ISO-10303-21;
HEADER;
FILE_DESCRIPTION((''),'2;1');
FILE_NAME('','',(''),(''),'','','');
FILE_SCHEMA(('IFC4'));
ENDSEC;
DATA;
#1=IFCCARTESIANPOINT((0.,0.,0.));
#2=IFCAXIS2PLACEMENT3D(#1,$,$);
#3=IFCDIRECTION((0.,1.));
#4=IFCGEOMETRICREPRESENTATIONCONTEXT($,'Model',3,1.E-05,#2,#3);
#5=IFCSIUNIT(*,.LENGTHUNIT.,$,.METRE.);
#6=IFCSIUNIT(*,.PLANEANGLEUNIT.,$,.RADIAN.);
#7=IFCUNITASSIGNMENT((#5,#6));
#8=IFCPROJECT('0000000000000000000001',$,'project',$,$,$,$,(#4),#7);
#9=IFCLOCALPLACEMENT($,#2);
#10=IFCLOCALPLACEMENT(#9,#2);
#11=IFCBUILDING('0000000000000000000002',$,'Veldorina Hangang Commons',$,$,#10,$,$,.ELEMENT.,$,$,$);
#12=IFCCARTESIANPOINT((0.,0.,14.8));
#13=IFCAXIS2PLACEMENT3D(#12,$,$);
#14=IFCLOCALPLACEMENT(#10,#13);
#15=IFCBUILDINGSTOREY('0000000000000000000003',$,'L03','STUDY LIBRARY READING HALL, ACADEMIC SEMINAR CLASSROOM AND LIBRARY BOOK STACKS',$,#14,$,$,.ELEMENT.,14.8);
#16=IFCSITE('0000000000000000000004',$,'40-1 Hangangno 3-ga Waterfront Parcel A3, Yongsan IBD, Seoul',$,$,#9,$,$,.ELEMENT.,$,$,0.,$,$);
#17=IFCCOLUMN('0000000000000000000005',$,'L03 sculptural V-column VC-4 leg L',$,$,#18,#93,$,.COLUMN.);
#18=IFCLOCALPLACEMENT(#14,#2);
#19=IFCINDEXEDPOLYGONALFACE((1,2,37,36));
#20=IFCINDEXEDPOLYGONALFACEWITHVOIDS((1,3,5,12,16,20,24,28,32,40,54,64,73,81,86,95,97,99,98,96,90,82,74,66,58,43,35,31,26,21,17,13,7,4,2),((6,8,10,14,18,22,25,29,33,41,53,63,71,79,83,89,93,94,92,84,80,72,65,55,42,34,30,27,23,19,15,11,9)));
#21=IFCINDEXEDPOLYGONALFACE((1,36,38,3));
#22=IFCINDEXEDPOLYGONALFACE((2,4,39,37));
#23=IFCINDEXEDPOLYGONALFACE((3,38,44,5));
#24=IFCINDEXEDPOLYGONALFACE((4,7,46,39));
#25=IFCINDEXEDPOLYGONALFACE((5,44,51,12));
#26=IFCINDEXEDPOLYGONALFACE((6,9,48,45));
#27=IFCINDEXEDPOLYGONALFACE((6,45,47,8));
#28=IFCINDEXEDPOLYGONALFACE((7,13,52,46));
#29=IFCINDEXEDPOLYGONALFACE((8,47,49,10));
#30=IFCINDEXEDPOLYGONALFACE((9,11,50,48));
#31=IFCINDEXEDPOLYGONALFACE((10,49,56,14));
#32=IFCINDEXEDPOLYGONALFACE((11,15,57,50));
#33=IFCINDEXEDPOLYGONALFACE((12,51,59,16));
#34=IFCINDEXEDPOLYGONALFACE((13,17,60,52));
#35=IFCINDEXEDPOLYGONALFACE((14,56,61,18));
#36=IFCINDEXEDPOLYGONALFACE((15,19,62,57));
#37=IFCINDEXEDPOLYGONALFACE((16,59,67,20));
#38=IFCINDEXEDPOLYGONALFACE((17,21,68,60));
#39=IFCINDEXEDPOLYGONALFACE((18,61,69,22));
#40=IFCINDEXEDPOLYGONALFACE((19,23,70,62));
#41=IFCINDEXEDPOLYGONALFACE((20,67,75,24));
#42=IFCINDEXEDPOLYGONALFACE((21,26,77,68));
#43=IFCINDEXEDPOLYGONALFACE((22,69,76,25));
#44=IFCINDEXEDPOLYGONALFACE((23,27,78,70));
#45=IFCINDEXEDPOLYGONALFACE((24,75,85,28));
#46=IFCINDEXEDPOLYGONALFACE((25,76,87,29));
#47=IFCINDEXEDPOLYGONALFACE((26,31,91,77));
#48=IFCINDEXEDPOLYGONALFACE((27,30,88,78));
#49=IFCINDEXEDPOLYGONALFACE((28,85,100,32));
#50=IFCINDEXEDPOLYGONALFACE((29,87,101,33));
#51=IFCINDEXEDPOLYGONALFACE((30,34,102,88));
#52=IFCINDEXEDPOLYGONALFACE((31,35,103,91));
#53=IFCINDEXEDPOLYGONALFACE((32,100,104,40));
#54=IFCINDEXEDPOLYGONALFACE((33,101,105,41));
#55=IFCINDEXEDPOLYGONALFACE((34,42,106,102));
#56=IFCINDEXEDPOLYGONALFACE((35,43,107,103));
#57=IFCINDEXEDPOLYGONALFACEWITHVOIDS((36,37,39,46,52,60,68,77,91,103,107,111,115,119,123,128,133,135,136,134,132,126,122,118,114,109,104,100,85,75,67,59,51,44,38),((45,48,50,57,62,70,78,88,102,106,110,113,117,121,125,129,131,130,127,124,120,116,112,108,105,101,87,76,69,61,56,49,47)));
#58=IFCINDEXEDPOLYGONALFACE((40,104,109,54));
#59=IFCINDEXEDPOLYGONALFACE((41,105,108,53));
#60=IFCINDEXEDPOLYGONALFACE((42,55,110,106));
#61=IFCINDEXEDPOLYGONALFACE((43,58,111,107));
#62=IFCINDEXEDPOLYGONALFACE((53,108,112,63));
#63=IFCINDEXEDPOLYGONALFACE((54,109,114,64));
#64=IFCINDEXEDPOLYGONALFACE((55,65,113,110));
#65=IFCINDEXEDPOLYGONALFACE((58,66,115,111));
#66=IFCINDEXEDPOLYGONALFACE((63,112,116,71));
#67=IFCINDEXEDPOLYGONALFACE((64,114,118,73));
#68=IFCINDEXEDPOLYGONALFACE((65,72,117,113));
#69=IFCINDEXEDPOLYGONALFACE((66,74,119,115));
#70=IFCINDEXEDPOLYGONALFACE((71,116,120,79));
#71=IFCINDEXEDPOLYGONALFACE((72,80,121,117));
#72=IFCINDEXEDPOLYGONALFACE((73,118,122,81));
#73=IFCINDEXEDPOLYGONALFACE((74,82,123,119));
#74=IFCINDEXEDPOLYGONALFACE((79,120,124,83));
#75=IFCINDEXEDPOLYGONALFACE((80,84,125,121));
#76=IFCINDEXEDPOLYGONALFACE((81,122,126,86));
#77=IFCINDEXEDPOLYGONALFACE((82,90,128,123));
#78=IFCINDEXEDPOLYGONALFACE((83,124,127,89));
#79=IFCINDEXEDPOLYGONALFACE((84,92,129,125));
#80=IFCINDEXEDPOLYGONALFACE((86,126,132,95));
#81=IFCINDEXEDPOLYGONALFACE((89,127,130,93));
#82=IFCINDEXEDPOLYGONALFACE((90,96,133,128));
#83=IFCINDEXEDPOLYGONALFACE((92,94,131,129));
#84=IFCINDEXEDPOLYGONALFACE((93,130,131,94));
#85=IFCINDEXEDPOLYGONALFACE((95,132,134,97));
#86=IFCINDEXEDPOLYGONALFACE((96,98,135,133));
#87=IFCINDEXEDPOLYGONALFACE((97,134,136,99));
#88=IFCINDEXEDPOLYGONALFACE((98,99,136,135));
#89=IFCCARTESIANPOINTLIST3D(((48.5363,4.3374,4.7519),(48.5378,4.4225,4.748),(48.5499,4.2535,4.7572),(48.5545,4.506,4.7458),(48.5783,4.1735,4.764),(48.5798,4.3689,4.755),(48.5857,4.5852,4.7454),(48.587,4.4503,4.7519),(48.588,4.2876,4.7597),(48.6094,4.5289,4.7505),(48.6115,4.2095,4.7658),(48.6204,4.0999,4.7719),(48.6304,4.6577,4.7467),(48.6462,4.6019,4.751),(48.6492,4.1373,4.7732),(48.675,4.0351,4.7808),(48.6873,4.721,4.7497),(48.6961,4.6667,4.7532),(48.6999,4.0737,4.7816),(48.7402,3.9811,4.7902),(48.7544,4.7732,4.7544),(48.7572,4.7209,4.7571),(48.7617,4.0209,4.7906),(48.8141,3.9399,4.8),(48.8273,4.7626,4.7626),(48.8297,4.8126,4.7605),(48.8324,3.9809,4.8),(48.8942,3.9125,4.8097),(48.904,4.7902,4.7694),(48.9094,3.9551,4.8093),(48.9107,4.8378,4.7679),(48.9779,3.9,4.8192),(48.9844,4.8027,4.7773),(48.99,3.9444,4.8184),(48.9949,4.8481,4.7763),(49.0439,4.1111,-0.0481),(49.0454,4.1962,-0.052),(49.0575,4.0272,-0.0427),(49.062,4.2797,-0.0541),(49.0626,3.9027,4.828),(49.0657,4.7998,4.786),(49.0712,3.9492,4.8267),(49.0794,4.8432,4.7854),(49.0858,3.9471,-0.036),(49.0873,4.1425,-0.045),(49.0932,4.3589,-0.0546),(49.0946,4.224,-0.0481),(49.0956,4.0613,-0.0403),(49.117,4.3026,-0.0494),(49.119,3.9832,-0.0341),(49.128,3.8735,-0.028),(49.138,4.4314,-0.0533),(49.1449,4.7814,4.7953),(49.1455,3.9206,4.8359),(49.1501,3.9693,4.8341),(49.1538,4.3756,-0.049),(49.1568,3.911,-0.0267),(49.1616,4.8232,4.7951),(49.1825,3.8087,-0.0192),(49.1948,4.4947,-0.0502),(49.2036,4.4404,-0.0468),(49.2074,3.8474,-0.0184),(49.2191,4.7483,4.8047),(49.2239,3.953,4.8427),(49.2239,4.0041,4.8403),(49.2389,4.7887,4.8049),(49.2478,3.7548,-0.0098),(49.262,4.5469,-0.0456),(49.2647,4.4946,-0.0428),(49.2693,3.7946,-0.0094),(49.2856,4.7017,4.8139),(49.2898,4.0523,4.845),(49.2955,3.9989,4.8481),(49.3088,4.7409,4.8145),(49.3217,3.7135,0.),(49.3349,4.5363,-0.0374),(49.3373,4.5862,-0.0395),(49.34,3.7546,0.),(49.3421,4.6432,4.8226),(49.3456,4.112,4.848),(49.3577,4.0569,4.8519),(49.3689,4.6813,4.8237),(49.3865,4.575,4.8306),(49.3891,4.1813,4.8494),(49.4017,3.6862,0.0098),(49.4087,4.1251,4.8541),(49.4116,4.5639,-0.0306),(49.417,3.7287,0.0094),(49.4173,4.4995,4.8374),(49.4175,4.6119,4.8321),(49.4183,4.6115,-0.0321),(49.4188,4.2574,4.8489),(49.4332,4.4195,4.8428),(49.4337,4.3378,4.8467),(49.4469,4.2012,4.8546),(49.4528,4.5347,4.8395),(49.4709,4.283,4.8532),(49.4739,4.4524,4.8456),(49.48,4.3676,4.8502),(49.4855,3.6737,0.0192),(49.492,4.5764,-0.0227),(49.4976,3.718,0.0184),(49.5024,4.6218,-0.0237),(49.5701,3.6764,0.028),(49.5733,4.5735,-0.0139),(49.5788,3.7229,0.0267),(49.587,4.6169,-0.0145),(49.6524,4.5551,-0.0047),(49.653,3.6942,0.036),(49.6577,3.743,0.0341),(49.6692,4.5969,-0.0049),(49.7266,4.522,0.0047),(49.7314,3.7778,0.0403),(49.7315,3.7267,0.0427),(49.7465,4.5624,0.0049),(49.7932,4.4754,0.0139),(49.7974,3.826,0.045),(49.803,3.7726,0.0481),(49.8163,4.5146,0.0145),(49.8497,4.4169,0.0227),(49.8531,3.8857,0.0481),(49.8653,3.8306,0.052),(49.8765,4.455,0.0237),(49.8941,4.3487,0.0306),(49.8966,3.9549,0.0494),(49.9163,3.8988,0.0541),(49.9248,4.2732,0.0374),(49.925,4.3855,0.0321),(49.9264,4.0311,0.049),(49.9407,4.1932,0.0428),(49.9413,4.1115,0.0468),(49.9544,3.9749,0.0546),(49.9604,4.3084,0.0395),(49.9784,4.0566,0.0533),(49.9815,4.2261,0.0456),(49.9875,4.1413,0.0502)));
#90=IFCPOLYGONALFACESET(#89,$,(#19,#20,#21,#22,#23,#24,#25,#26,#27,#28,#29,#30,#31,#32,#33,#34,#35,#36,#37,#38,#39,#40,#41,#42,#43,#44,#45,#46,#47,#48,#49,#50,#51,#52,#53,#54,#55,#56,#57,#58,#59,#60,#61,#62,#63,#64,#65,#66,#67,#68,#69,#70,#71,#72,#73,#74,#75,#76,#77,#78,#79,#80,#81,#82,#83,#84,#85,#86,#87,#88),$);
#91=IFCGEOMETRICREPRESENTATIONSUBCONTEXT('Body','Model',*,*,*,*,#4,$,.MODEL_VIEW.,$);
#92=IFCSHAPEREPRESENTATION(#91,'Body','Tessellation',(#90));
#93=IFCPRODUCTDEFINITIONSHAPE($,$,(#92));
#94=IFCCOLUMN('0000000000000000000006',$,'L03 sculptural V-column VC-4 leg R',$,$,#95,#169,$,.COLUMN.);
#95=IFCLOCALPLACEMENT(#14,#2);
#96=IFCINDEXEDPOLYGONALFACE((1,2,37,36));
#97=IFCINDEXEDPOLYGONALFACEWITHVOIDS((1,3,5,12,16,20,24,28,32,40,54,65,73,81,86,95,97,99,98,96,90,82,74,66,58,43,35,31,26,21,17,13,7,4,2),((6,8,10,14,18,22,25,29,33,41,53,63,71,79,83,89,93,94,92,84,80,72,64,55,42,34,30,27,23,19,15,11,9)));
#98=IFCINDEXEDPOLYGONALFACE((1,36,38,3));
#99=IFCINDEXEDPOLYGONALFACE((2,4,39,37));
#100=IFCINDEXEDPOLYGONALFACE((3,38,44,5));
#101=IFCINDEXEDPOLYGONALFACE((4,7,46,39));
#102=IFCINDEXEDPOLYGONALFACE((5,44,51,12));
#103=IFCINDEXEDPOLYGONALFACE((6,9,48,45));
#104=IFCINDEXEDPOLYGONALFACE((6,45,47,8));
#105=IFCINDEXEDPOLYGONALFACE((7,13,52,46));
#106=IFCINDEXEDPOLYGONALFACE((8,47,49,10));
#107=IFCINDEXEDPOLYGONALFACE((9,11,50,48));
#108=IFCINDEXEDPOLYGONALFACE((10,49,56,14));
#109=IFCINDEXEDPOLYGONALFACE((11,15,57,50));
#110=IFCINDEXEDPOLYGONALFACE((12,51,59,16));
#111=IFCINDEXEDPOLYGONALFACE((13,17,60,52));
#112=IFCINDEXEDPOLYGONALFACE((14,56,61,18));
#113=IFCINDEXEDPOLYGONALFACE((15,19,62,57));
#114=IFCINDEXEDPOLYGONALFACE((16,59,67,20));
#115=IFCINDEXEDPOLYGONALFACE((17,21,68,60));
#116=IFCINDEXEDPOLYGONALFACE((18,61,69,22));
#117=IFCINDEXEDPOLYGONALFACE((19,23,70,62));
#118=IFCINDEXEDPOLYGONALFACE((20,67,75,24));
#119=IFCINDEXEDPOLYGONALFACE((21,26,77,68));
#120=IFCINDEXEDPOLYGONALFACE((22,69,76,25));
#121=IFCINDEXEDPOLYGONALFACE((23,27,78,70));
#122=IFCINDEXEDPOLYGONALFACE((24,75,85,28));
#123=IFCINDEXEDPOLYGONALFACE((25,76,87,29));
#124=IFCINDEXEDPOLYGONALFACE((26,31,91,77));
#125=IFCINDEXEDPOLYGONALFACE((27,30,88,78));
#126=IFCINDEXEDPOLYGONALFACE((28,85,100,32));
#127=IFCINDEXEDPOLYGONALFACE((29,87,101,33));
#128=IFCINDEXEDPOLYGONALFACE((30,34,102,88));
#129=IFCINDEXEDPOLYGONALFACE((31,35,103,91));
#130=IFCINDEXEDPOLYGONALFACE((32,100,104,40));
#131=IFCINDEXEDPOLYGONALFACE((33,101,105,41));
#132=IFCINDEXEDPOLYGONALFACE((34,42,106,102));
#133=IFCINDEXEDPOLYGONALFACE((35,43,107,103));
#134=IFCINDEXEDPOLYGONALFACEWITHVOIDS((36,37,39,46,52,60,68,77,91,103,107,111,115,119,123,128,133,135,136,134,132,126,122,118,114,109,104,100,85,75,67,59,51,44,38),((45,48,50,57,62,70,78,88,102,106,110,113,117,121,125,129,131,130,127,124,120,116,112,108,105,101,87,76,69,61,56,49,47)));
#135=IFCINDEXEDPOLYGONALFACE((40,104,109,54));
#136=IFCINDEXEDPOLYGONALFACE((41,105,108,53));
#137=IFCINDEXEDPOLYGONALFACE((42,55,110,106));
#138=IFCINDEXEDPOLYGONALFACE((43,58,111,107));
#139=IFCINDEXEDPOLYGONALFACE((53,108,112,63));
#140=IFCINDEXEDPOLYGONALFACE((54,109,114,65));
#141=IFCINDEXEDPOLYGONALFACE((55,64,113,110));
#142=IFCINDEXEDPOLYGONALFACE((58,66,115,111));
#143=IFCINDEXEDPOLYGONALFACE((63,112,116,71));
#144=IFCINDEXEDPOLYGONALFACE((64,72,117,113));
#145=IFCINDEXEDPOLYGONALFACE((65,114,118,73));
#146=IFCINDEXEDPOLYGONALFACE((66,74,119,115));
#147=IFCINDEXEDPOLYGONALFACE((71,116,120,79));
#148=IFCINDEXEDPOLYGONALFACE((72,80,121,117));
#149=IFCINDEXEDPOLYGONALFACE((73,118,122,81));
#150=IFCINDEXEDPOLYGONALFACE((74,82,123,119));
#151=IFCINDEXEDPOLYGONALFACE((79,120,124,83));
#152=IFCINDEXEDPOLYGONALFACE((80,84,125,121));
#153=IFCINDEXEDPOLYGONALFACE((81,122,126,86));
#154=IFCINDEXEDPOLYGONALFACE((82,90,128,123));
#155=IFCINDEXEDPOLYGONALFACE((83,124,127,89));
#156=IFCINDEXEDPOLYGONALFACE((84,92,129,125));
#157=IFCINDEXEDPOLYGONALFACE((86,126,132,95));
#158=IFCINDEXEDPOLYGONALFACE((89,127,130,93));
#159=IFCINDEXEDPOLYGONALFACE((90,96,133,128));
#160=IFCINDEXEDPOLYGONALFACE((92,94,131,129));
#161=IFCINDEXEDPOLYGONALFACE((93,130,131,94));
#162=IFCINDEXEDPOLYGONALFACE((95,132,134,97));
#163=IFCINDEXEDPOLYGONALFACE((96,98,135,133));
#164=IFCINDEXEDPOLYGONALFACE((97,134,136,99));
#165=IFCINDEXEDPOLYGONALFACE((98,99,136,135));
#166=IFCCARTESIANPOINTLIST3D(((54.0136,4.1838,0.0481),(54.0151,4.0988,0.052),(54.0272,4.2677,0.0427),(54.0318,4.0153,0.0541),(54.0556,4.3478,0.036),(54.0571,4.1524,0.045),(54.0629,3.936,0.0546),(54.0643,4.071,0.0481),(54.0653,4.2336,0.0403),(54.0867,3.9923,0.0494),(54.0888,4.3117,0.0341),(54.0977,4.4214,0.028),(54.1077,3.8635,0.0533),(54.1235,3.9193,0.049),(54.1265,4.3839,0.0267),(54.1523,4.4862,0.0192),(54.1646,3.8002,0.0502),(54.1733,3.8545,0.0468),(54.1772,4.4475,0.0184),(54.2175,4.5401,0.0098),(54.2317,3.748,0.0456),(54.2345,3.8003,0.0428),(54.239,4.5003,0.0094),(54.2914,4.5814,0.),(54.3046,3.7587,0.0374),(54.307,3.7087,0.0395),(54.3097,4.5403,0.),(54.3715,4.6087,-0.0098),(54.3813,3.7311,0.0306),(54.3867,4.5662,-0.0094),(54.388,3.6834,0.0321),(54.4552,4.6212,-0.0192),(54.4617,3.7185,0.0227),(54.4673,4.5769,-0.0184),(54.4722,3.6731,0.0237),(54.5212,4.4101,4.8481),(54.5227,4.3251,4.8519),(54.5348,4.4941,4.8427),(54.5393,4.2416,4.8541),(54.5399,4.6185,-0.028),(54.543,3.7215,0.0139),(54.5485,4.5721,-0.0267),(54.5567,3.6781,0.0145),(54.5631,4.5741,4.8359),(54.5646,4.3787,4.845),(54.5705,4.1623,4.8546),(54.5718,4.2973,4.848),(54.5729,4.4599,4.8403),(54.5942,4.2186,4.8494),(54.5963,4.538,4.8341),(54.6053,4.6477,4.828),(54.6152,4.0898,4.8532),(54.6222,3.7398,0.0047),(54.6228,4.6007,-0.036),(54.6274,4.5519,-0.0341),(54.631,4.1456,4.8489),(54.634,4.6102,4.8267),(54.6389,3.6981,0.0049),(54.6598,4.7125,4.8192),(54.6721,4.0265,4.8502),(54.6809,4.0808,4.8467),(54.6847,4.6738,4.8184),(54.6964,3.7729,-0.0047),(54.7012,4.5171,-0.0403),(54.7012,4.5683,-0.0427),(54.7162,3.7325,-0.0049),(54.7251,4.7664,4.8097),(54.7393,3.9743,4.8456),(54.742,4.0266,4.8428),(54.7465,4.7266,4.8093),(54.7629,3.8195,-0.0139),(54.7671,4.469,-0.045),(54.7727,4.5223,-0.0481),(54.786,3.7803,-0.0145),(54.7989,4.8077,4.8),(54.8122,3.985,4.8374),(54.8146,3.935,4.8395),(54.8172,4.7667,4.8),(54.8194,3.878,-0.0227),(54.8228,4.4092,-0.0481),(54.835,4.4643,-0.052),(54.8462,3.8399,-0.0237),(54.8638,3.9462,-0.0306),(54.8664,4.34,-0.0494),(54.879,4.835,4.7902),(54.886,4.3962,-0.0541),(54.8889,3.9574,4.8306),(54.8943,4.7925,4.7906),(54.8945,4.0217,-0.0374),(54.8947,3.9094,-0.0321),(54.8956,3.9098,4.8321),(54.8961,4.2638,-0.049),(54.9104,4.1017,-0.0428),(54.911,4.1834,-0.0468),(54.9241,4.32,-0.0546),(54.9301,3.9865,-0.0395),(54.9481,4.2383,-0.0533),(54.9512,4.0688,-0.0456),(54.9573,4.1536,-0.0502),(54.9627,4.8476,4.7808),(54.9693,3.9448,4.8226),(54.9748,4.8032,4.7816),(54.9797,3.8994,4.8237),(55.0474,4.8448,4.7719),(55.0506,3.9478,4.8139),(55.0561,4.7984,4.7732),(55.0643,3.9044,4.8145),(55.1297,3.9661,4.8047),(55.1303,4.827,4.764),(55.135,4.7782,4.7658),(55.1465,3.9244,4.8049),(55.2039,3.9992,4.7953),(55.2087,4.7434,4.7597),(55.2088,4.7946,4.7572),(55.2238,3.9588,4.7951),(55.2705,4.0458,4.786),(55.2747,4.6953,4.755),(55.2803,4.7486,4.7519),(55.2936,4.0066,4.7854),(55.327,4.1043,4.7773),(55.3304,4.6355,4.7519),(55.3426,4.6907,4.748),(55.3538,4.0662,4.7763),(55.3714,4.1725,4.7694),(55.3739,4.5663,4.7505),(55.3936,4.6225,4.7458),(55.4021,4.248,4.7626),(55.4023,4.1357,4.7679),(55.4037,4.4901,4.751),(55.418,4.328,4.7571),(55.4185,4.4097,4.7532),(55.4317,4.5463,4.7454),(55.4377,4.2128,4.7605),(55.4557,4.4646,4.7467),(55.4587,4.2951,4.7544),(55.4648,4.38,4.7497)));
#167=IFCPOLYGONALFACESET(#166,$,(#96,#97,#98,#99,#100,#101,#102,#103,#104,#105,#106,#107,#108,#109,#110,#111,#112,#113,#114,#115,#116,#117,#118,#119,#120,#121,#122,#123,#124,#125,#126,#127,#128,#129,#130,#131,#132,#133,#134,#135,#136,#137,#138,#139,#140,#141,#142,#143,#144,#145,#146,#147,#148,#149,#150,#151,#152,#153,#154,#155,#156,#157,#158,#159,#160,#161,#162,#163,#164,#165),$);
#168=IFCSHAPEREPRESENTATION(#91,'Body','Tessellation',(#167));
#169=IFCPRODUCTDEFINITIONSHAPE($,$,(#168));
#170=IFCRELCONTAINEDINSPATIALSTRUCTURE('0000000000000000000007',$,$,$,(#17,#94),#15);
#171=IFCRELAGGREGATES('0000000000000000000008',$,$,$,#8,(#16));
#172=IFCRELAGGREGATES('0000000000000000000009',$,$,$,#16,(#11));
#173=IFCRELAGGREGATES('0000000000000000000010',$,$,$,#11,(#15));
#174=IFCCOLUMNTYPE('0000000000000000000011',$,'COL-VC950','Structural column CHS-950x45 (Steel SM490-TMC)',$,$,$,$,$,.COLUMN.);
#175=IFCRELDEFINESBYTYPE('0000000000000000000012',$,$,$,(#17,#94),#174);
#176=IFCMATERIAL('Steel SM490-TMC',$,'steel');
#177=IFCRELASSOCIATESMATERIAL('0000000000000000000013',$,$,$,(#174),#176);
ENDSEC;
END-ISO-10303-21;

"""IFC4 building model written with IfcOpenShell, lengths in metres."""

from ifc_helpers import new_model, si_unit, direction, frame, origin, origin_2d, place, context, subcontext, project, spatial, hollow_circle, extrude, material, material_profile, profile_set, type_object, element, save


model = new_model("IFC4")

# Units and contexts
model_context = context("Model", 3, precision=1e-05, world=origin(), true_north=direction((0.0, 1.0)))
body_context = subcontext(model_context, "Body", "Model", "MODEL_VIEW")
ifc_project = project(units=[si_unit("LENGTHUNIT", "METRE"), si_unit("PLANEANGLEUNIT", "RADIAN")], contexts=[model_context])

# Site, building, storey
site_placement = place(None, origin())
site = spatial("IfcSite", under=ifc_project, at=site_placement, Name="40-1 Hangangno 3-ga Waterfront Parcel A3, Yongsan IBD, Seoul", CompositionType="ELEMENT", RefElevation=0.0)
building_placement = place(site_placement, origin())
building = spatial("IfcBuilding", under=site, at=building_placement, Name="Veldorina Hangang Commons", CompositionType="ELEMENT")
storey_placement = place(building_placement, frame((0.0, 0.0, 14.8)))
storey = spatial("IfcBuildingStorey", under=building, at=storey_placement, Name="L03", Description="STUDY LIBRARY READING HALL, ACADEMIC SEMINAR CLASSROOM AND LIBRARY BOOK STACKS", CompositionType="ELEMENT", Elevation=14.8)

# Columns
ifc_material_1 = material(Name="Steel SM490-TMC", Category="steel")
ifc_material_profile_1 = material_profile(ifc_material_1, hollow_circle(Radius=0.4751, WallThickness=0.0449, at=origin_2d()), Name="CHS-950x45")
ifc_profile_set_1 = profile_set([ifc_material_profile_1], Name="Steel SM490-TMC")
column_type_1 = type_object("IfcColumnType", Name="COL-VC950", Description="Structural column CHS-950x45 (Steel SM490-TMC)", PredefinedType="COLUMN", material=ifc_profile_set_1)
for number, where, z_axis, x_axis, name in (
    (1, (49.5151, 4.1475, 0.0), (-0.105041, 0.046836, 0.993364), (-0.407239, -0.913322, 0.0), "L03 sculptural V-column VC-4 leg L"),
    (2, (54.4849, 4.1475, 0.0), (0.105041, 0.046836, 0.993364), (-0.407239, 0.913322, 0.0), "L03 sculptural V-column VC-4 leg R"),
):
    element("IfcColumn", number, at=place(storey_placement, frame(where, z_axis=z_axis, x_axis=x_axis)), inside=storey, type_object=column_type_1, Name=name, PredefinedType="COLUMN", context=body_context, shape_type="SweptSolid", body=[
        extrude(hollow_circle(Radius=0.4751, WallThickness=0.0449, at=origin_2d()), origin(), (0.0, 0.0, 1.0), 4.832),
    ])

save(model, "model.ifc")
